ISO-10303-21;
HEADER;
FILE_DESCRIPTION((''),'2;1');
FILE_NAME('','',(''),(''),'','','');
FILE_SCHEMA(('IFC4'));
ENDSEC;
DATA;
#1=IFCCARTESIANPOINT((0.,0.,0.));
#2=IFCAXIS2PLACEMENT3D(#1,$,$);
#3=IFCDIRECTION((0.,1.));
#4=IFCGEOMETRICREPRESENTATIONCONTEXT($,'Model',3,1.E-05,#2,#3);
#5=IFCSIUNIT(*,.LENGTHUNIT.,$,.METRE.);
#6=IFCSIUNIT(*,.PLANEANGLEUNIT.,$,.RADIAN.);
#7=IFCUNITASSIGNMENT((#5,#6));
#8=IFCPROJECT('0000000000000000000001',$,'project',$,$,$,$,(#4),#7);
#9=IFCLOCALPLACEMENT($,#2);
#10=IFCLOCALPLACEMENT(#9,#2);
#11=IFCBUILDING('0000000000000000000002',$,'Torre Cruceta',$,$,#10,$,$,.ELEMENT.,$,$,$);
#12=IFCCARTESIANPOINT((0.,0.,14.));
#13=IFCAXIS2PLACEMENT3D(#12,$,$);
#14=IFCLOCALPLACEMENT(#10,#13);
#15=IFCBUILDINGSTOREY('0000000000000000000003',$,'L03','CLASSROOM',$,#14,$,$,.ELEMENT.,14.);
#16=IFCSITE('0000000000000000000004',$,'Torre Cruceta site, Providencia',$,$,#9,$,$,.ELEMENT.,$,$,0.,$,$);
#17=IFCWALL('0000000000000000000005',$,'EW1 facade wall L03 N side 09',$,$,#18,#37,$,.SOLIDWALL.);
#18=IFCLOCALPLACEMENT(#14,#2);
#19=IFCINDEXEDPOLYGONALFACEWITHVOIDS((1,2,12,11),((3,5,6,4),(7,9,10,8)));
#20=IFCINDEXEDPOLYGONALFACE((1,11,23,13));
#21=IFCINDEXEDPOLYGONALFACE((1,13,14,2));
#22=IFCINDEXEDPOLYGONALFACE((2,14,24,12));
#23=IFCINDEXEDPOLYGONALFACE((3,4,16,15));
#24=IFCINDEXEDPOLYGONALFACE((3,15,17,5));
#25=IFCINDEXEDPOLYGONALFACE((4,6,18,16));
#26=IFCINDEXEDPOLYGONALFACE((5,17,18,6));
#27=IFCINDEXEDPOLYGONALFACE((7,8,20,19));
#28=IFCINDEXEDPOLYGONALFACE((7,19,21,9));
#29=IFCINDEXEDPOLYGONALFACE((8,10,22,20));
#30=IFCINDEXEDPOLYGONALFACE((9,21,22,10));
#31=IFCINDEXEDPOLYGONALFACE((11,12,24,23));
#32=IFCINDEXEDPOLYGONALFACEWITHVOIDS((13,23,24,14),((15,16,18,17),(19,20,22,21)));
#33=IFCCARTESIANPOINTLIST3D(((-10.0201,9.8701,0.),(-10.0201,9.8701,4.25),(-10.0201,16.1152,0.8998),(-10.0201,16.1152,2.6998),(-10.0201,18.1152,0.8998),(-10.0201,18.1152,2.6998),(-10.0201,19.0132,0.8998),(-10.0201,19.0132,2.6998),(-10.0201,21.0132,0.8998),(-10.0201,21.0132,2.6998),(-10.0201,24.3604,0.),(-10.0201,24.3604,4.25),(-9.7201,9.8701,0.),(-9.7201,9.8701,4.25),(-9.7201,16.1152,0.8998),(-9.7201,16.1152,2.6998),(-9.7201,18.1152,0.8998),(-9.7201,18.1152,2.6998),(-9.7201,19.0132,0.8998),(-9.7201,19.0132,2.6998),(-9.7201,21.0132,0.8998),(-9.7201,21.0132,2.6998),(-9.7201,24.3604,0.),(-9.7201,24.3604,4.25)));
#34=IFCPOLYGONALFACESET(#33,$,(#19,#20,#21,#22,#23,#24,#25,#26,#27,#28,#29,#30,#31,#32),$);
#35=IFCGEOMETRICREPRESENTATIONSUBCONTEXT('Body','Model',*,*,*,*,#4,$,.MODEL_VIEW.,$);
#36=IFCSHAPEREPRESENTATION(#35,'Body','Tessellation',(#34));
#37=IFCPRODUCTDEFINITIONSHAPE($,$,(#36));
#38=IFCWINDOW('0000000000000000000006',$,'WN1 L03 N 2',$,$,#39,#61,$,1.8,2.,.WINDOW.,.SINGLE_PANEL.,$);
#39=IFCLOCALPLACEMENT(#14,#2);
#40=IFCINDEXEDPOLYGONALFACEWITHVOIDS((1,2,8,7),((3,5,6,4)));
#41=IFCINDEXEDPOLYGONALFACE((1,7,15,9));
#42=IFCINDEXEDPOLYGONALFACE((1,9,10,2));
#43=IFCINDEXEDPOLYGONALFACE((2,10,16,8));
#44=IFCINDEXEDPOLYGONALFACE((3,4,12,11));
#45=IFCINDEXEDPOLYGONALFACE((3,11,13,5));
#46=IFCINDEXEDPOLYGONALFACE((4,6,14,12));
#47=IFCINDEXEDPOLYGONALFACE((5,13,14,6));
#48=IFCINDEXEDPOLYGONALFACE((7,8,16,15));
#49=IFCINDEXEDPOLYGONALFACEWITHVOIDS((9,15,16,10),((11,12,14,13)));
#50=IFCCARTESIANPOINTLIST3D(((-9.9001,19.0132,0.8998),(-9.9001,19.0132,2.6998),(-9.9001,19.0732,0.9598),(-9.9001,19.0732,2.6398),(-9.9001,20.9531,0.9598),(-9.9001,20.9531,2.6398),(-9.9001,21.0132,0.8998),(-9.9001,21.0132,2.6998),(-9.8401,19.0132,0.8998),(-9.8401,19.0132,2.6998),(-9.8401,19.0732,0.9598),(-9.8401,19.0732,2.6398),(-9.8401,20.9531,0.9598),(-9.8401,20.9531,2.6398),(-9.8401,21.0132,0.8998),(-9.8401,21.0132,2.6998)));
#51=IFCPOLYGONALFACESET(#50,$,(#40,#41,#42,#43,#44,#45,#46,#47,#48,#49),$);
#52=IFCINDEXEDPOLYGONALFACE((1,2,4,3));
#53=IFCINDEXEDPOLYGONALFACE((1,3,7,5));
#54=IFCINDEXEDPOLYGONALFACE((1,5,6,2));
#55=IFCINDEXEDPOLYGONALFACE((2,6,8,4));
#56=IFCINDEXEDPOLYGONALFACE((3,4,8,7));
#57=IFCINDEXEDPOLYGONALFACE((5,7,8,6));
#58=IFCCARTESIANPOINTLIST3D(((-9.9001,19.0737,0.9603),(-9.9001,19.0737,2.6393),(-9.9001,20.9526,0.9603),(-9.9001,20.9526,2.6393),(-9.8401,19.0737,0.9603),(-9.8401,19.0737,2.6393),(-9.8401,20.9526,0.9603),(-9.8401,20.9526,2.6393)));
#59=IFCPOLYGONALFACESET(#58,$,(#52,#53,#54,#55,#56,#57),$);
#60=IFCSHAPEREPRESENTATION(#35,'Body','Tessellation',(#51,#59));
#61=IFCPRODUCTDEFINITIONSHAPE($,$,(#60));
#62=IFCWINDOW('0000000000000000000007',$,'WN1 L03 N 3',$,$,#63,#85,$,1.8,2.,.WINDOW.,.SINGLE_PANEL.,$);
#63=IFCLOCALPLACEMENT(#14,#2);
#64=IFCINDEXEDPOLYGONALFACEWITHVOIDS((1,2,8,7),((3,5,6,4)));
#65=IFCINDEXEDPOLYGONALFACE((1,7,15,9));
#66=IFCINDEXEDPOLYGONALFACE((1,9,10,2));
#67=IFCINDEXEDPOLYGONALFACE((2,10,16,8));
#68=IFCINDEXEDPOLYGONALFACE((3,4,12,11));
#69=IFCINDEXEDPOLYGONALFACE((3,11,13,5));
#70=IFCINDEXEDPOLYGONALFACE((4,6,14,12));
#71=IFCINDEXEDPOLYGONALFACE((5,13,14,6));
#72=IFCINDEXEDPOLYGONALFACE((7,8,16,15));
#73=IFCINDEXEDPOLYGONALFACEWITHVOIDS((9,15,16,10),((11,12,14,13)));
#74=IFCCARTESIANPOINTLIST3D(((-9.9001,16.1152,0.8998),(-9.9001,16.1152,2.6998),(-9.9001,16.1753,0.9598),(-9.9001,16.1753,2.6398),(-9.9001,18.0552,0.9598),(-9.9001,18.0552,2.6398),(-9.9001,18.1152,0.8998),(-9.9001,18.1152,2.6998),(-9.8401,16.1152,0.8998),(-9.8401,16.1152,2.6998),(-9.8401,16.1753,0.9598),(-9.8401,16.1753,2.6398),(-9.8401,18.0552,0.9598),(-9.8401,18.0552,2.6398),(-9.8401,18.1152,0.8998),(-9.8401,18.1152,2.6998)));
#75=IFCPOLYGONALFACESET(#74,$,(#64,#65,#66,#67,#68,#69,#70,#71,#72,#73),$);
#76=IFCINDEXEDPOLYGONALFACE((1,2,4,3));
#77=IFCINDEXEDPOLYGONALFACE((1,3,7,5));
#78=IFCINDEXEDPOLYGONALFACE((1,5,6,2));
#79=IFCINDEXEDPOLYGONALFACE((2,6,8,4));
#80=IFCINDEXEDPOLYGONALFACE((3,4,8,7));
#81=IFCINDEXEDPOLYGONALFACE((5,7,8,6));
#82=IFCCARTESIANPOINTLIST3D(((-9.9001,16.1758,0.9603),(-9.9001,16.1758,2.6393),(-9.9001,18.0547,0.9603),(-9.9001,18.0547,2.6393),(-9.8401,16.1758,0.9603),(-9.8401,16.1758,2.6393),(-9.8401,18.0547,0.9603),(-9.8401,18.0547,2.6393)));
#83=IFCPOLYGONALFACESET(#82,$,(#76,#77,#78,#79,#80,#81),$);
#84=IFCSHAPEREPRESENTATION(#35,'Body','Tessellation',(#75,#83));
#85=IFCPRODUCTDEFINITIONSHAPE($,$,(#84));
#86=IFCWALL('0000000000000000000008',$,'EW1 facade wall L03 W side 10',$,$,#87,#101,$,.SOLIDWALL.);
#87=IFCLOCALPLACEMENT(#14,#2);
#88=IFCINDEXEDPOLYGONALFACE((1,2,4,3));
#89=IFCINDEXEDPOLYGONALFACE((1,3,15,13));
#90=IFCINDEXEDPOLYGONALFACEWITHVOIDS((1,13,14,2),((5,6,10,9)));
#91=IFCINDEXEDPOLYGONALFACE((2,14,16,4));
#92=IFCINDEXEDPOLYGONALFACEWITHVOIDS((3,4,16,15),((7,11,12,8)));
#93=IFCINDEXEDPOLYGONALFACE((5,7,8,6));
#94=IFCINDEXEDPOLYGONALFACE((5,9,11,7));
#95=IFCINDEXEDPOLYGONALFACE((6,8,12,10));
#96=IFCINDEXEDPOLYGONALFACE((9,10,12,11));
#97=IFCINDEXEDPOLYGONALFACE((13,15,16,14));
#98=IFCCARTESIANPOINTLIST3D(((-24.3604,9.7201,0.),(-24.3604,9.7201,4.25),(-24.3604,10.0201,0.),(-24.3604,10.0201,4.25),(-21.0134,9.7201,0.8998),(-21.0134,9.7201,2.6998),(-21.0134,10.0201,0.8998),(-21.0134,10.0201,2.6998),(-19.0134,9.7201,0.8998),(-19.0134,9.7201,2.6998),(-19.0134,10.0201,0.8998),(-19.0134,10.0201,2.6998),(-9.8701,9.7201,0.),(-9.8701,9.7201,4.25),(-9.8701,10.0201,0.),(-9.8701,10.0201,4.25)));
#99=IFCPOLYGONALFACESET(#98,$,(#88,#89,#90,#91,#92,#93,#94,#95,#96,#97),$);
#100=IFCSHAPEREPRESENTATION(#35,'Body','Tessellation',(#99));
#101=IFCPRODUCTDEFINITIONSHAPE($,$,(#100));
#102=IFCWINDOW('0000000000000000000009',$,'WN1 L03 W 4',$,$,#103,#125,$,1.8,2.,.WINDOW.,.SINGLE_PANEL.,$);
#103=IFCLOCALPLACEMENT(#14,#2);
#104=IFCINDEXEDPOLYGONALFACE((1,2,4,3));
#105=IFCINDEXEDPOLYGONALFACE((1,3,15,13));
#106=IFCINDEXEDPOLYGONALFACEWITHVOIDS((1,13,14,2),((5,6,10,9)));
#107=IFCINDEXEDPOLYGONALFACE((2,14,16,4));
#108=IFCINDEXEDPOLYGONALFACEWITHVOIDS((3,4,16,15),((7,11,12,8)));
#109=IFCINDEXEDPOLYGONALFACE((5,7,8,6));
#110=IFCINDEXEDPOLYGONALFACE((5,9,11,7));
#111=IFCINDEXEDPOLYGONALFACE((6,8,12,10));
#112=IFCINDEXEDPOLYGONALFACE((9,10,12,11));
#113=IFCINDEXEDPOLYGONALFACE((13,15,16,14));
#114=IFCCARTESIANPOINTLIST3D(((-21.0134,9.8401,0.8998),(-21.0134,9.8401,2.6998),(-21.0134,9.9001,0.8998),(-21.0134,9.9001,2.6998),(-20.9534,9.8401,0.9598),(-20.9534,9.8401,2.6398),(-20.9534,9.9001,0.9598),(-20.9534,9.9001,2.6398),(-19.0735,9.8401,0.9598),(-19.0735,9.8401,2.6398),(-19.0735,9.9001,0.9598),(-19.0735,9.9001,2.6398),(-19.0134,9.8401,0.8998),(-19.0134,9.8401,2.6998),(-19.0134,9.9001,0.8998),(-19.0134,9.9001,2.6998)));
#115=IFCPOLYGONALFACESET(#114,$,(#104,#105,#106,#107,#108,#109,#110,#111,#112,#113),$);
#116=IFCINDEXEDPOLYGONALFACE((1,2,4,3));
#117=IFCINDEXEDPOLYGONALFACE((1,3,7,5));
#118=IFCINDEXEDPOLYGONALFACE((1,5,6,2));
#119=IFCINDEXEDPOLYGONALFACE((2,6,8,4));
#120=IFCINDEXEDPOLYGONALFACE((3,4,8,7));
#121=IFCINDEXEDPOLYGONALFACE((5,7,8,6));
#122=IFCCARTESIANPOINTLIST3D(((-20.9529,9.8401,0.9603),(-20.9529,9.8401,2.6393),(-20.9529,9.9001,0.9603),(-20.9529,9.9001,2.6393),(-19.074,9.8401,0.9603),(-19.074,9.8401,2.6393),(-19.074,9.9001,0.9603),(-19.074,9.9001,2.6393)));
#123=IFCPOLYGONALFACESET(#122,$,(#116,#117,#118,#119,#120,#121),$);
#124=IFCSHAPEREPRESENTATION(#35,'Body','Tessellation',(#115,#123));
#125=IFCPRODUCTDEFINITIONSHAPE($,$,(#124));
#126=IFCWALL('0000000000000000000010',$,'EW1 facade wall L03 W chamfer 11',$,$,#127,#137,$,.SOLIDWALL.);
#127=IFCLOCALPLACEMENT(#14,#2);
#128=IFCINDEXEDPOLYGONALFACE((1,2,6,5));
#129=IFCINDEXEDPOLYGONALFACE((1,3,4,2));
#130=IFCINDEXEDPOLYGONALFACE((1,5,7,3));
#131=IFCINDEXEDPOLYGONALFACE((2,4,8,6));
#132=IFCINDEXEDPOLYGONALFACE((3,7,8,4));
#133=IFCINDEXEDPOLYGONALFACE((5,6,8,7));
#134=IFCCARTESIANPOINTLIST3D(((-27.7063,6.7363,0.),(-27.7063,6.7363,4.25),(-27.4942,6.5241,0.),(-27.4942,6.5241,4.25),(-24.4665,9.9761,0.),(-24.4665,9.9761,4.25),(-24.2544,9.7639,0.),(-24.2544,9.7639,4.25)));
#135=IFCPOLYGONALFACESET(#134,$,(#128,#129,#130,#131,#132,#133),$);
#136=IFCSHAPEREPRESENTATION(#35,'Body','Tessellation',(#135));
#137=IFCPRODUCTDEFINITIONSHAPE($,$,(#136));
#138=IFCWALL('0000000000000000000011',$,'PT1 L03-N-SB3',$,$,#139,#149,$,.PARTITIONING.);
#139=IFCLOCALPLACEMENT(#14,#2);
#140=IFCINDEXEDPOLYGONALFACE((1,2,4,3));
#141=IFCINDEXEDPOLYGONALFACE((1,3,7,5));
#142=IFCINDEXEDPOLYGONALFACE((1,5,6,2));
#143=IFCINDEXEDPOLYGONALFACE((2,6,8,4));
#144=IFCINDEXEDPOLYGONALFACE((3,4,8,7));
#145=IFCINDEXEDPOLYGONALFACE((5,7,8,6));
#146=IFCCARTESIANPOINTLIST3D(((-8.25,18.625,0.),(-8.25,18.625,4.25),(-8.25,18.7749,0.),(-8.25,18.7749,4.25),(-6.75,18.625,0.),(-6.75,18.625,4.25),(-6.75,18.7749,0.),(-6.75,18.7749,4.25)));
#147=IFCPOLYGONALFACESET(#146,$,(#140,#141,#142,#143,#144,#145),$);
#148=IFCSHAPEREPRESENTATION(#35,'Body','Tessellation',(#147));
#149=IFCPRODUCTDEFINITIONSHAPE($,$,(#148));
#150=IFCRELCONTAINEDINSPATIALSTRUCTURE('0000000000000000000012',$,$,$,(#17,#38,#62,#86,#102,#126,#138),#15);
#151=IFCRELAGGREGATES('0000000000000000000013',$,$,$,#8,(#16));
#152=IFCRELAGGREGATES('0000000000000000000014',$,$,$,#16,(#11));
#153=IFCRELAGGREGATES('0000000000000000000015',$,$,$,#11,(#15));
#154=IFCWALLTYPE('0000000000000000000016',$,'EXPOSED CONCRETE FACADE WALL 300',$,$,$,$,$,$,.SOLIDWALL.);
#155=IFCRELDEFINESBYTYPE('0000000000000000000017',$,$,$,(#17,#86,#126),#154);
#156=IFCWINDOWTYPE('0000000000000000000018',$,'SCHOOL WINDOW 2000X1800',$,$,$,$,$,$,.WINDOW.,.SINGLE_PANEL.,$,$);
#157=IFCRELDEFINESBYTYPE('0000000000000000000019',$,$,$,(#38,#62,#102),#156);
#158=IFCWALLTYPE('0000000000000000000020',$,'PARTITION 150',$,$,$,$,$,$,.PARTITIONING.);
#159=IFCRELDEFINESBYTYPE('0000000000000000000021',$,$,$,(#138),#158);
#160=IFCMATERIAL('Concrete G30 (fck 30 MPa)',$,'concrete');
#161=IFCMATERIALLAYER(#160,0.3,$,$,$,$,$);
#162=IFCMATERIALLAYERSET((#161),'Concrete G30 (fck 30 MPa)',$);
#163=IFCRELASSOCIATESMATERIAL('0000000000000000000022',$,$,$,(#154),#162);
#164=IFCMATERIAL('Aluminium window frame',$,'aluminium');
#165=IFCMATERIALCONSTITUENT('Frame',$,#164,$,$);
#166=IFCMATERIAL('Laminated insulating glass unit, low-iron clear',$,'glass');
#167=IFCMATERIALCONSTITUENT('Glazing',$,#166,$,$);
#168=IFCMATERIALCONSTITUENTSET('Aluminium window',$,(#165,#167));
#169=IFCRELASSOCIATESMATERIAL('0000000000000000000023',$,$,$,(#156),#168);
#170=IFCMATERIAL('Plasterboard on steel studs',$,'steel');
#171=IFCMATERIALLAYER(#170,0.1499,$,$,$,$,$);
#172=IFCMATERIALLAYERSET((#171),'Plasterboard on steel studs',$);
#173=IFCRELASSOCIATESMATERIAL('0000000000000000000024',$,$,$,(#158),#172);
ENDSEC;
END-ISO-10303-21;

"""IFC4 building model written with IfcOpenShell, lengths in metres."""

from ifc_helpers import new_model, si_unit, direction, frame, frame_2d, origin, place, context, subcontext, project, spatial, rectangle, hollow_rectangle, extrude, material, layer, layer_set, constituent, constituent_set, type_object, element, fill, save


model = new_model("IFC4")

# Units and contexts
model_context = context("Model", 3, precision=1e-05, world=origin(), true_north=direction((0.0, 1.0)))
body_context = subcontext(model_context, "Body", "Model", "MODEL_VIEW")
ifc_project = project(units=[si_unit("LENGTHUNIT", "METRE"), si_unit("PLANEANGLEUNIT", "RADIAN")], contexts=[model_context])

# Site, building, storey
site_placement = place(None, origin())
site = spatial("IfcSite", under=ifc_project, at=site_placement, Name="Torre Cruceta site, Providencia", CompositionType="ELEMENT", RefElevation=0.0)
building_placement = place(site_placement, origin())
building = spatial("IfcBuilding", under=site, at=building_placement, Name="Torre Cruceta", CompositionType="ELEMENT")
storey_placement = place(building_placement, frame((0.0, 0.0, 14.0)))
storey = spatial("IfcBuildingStorey", under=building, at=storey_placement, Name="L03", Description="CLASSROOM", CompositionType="ELEMENT", Elevation=14.0)

# Shared definitions
ifc_material_1 = material(Name="Concrete G30 (fck 30 MPa)", Category="concrete")
ifc_layer_1 = layer(ifc_material_1, 0.3)
ifc_layer_set_1 = layer_set([ifc_layer_1], Name="Concrete G30 (fck 30 MPa)")
wall_type_1 = type_object("IfcWallType", Name="EXPOSED CONCRETE FACADE WALL 300", PredefinedType="SOLIDWALL", material=ifc_layer_set_1)

# Wall, openings, windows
wall_1_placement = place(storey_placement, frame((-9.8701, 24.3604, 0.0), z_axis=(0.0, 0.0, 1.0), x_axis=(0.0, -1.0, 0.0)))
wall_1 = element("IfcWall", 1, at=wall_1_placement, inside=storey, type_object=wall_type_1, Name="EW1 facade wall L03 N side 09", PredefinedType="SOLIDWALL", context=body_context, shape_type="SweptSolid", body=[
    extrude(rectangle(XDim=14.4902, YDim=0.3, at=frame_2d((7.2451, 0.0))), origin(), (0.0, 0.0, 1.0), 4.25),
])
opening_1_placement = place(wall_1_placement, frame((3.3472, 0.0, 0.8999)))
opening_1 = element("IfcOpeningElement", 2, at=opening_1_placement, cuts=wall_1, PredefinedType="OPENING", context=body_context, shape_type="SweptSolid", body=[
    extrude(rectangle(XDim=2.0, YDim=1.8, at=frame_2d((1.0, 0.8999))), frame((0.0, 0.1599, 0.0), z_axis=(0.0, -1.0, 0.0), x_axis=(1.0, 0.0, 0.0)), (0.0, 0.0, 1.0), 0.3201),
])
opening_2_placement = place(wall_1_placement, frame((6.2451, 0.0, 0.8999)))
opening_2 = element("IfcOpeningElement", 3, at=opening_2_placement, cuts=wall_1, PredefinedType="OPENING", context=body_context, shape_type="SweptSolid", body=[
    extrude(rectangle(XDim=2.0, YDim=1.8, at=frame_2d((1.0, 0.8999))), frame((0.0, 0.1599, 0.0), z_axis=(0.0, -1.0, 0.0), x_axis=(1.0, 0.0, 0.0)), (0.0, 0.0, 1.0), 0.3201),
])
ifc_material_2 = material(Name="Aluminium window frame", Category="aluminium")
ifc_constituent_1 = constituent(ifc_material_2, Name="Frame")
ifc_material_3 = material(Name="Laminated insulating glass unit, low-iron clear", Category="glass")
ifc_constituent_2 = constituent(ifc_material_3, Name="Glazing")
ifc_constituent_set_1 = constituent_set(constituents=[ifc_constituent_1, ifc_constituent_2], Name="Aluminium window")
window_type = type_object("IfcWindowType", Name="SCHOOL WINDOW 2000X1800", PartitioningType="SINGLE_PANEL", PredefinedType="WINDOW", material=ifc_constituent_set_1)
window_1_placement = place(opening_1_placement, origin())
window_1 = element("IfcWindow", 4, at=window_1_placement, inside=storey, type_object=window_type, Name="WN1 L03 N 2", OverallHeight=1.8, OverallWidth=2.0, PartitioningType="SINGLE_PANEL", PredefinedType="WINDOW", context=body_context, shape_type="SweptSolid", body=[
    extrude(hollow_rectangle(XDim=2.0, YDim=1.8, WallThickness=0.0601, at=frame_2d((1.0, 0.8999))), frame((0.0, 0.03, 0.0), z_axis=(0.0, -1.0, 0.0), x_axis=(1.0, 0.0, 0.0)), (0.0, 0.0, 1.0), 0.0601),
    extrude(rectangle(XDim=1.8789, YDim=1.679, at=frame_2d((1.0, 0.8999))), frame((0.0, 0.03, 0.0), z_axis=(0.0, -1.0, 0.0), x_axis=(1.0, 0.0, 0.0)), (0.0, 0.0, 1.0), 0.0601),
])
fill(opening_1, window_1)
window_2_placement = place(opening_2_placement, origin())
window_2 = element("IfcWindow", 5, at=window_2_placement, inside=storey, type_object=window_type, Name="WN1 L03 N 3", OverallHeight=1.8, OverallWidth=2.0, PartitioningType="SINGLE_PANEL", PredefinedType="WINDOW", context=body_context, shape_type="SweptSolid", body=[
    extrude(hollow_rectangle(XDim=2.0, YDim=1.8, WallThickness=0.0601, at=frame_2d((1.0, 0.8999))), frame((0.0, 0.03, 0.0), z_axis=(0.0, -1.0, 0.0), x_axis=(1.0, 0.0, 0.0)), (0.0, 0.0, 1.0), 0.0601),
    extrude(rectangle(XDim=1.8789, YDim=1.679, at=frame_2d((1.0, 0.8999))), frame((0.0, 0.03, 0.0), z_axis=(0.0, -1.0, 0.0), x_axis=(1.0, 0.0, 0.0)), (0.0, 0.0, 1.0), 0.0601),
])
fill(opening_2, window_2)

# Wall, opening, window
wall_2_placement = place(storey_placement, frame((-9.8701, 9.8701, 0.0), z_axis=(0.0, 0.0, 1.0), x_axis=(-1.0, 0.0, 0.0)))
wall_2 = element("IfcWall", 6, at=wall_2_placement, inside=storey, type_object=wall_type_1, Name="EW1 facade wall L03 W side 10", PredefinedType="SOLIDWALL", context=body_context, shape_type="SweptSolid", body=[
    extrude(rectangle(XDim=14.4902, YDim=0.3, at=frame_2d((7.2451, 0.0))), origin(), (0.0, 0.0, 1.0), 4.25),
])
opening_3_placement = place(wall_2_placement, frame((9.1433, 0.0, 0.8999)))
opening_3 = element("IfcOpeningElement", 7, at=opening_3_placement, cuts=wall_2, PredefinedType="OPENING", context=body_context, shape_type="SweptSolid", body=[
    extrude(rectangle(XDim=2.0, YDim=1.8, at=frame_2d((1.0, 0.8999))), frame((0.0, 0.1599, 0.0), z_axis=(0.0, -1.0, 0.0), x_axis=(1.0, 0.0, 0.0)), (0.0, 0.0, 1.0), 0.3201),
])
window_3_placement = place(opening_3_placement, origin())
window_3 = element("IfcWindow", 8, at=window_3_placement, inside=storey, type_object=window_type, Name="WN1 L03 W 4", OverallHeight=1.8, OverallWidth=2.0, PartitioningType="SINGLE_PANEL", PredefinedType="WINDOW", context=body_context, shape_type="SweptSolid", body=[
    extrude(hollow_rectangle(XDim=2.0, YDim=1.8, WallThickness=0.0601, at=frame_2d((1.0, 0.8999))), frame((0.0, 0.03, 0.0), z_axis=(0.0, -1.0, 0.0), x_axis=(1.0, 0.0, 0.0)), (0.0, 0.0, 1.0), 0.0601),
    extrude(rectangle(XDim=1.8789, YDim=1.679, at=frame_2d((1.0, 0.8999))), frame((0.0, 0.03, 0.0), z_axis=(0.0, -1.0, 0.0), x_axis=(1.0, 0.0, 0.0)), (0.0, 0.0, 1.0), 0.0601),
])
fill(opening_3, window_3)

# Walls
wall_3_placement = place(storey_placement, frame((-24.3604, 9.8701, 0.0), z_axis=(0.0, 0.0, 1.0), x_axis=(-0.707107, -0.707107, 0.0)))
element("IfcWall", 9, at=wall_3_placement, inside=storey, type_object=wall_type_1, Name="EW1 facade wall L03 W chamfer 11", PredefinedType="SOLIDWALL", context=body_context, shape_type="SweptSolid", body=[
    extrude(rectangle(XDim=4.5818, YDim=0.3, at=frame_2d((2.291, 0.0))), origin(), (0.0, 0.0, 1.0), 4.25),
])
ifc_material_4 = material(Name="Plasterboard on steel studs", Category="steel")
ifc_layer_2 = layer(ifc_material_4, 0.1499)
ifc_layer_set_2 = layer_set([ifc_layer_2], Name="Plasterboard on steel studs")
wall_type_2 = type_object("IfcWallType", Name="PARTITION 150", PredefinedType="PARTITIONING", material=ifc_layer_set_2)
wall_4_placement = place(storey_placement, frame((-6.75, 18.7, 0.0), z_axis=(0.0, 0.0, 1.0), x_axis=(-1.0, 0.0, 0.0)))
element("IfcWall", 10, at=wall_4_placement, inside=storey, type_object=wall_type_2, Name="PT1 L03-N-SB3", PredefinedType="PARTITIONING", context=body_context, shape_type="SweptSolid", body=[
    extrude(rectangle(XDim=1.5, YDim=0.1499, at=frame_2d((0.75, 0.0))), origin(), (0.0, 0.0, 1.0), 4.25),
])

save(model, "model.ifc")
